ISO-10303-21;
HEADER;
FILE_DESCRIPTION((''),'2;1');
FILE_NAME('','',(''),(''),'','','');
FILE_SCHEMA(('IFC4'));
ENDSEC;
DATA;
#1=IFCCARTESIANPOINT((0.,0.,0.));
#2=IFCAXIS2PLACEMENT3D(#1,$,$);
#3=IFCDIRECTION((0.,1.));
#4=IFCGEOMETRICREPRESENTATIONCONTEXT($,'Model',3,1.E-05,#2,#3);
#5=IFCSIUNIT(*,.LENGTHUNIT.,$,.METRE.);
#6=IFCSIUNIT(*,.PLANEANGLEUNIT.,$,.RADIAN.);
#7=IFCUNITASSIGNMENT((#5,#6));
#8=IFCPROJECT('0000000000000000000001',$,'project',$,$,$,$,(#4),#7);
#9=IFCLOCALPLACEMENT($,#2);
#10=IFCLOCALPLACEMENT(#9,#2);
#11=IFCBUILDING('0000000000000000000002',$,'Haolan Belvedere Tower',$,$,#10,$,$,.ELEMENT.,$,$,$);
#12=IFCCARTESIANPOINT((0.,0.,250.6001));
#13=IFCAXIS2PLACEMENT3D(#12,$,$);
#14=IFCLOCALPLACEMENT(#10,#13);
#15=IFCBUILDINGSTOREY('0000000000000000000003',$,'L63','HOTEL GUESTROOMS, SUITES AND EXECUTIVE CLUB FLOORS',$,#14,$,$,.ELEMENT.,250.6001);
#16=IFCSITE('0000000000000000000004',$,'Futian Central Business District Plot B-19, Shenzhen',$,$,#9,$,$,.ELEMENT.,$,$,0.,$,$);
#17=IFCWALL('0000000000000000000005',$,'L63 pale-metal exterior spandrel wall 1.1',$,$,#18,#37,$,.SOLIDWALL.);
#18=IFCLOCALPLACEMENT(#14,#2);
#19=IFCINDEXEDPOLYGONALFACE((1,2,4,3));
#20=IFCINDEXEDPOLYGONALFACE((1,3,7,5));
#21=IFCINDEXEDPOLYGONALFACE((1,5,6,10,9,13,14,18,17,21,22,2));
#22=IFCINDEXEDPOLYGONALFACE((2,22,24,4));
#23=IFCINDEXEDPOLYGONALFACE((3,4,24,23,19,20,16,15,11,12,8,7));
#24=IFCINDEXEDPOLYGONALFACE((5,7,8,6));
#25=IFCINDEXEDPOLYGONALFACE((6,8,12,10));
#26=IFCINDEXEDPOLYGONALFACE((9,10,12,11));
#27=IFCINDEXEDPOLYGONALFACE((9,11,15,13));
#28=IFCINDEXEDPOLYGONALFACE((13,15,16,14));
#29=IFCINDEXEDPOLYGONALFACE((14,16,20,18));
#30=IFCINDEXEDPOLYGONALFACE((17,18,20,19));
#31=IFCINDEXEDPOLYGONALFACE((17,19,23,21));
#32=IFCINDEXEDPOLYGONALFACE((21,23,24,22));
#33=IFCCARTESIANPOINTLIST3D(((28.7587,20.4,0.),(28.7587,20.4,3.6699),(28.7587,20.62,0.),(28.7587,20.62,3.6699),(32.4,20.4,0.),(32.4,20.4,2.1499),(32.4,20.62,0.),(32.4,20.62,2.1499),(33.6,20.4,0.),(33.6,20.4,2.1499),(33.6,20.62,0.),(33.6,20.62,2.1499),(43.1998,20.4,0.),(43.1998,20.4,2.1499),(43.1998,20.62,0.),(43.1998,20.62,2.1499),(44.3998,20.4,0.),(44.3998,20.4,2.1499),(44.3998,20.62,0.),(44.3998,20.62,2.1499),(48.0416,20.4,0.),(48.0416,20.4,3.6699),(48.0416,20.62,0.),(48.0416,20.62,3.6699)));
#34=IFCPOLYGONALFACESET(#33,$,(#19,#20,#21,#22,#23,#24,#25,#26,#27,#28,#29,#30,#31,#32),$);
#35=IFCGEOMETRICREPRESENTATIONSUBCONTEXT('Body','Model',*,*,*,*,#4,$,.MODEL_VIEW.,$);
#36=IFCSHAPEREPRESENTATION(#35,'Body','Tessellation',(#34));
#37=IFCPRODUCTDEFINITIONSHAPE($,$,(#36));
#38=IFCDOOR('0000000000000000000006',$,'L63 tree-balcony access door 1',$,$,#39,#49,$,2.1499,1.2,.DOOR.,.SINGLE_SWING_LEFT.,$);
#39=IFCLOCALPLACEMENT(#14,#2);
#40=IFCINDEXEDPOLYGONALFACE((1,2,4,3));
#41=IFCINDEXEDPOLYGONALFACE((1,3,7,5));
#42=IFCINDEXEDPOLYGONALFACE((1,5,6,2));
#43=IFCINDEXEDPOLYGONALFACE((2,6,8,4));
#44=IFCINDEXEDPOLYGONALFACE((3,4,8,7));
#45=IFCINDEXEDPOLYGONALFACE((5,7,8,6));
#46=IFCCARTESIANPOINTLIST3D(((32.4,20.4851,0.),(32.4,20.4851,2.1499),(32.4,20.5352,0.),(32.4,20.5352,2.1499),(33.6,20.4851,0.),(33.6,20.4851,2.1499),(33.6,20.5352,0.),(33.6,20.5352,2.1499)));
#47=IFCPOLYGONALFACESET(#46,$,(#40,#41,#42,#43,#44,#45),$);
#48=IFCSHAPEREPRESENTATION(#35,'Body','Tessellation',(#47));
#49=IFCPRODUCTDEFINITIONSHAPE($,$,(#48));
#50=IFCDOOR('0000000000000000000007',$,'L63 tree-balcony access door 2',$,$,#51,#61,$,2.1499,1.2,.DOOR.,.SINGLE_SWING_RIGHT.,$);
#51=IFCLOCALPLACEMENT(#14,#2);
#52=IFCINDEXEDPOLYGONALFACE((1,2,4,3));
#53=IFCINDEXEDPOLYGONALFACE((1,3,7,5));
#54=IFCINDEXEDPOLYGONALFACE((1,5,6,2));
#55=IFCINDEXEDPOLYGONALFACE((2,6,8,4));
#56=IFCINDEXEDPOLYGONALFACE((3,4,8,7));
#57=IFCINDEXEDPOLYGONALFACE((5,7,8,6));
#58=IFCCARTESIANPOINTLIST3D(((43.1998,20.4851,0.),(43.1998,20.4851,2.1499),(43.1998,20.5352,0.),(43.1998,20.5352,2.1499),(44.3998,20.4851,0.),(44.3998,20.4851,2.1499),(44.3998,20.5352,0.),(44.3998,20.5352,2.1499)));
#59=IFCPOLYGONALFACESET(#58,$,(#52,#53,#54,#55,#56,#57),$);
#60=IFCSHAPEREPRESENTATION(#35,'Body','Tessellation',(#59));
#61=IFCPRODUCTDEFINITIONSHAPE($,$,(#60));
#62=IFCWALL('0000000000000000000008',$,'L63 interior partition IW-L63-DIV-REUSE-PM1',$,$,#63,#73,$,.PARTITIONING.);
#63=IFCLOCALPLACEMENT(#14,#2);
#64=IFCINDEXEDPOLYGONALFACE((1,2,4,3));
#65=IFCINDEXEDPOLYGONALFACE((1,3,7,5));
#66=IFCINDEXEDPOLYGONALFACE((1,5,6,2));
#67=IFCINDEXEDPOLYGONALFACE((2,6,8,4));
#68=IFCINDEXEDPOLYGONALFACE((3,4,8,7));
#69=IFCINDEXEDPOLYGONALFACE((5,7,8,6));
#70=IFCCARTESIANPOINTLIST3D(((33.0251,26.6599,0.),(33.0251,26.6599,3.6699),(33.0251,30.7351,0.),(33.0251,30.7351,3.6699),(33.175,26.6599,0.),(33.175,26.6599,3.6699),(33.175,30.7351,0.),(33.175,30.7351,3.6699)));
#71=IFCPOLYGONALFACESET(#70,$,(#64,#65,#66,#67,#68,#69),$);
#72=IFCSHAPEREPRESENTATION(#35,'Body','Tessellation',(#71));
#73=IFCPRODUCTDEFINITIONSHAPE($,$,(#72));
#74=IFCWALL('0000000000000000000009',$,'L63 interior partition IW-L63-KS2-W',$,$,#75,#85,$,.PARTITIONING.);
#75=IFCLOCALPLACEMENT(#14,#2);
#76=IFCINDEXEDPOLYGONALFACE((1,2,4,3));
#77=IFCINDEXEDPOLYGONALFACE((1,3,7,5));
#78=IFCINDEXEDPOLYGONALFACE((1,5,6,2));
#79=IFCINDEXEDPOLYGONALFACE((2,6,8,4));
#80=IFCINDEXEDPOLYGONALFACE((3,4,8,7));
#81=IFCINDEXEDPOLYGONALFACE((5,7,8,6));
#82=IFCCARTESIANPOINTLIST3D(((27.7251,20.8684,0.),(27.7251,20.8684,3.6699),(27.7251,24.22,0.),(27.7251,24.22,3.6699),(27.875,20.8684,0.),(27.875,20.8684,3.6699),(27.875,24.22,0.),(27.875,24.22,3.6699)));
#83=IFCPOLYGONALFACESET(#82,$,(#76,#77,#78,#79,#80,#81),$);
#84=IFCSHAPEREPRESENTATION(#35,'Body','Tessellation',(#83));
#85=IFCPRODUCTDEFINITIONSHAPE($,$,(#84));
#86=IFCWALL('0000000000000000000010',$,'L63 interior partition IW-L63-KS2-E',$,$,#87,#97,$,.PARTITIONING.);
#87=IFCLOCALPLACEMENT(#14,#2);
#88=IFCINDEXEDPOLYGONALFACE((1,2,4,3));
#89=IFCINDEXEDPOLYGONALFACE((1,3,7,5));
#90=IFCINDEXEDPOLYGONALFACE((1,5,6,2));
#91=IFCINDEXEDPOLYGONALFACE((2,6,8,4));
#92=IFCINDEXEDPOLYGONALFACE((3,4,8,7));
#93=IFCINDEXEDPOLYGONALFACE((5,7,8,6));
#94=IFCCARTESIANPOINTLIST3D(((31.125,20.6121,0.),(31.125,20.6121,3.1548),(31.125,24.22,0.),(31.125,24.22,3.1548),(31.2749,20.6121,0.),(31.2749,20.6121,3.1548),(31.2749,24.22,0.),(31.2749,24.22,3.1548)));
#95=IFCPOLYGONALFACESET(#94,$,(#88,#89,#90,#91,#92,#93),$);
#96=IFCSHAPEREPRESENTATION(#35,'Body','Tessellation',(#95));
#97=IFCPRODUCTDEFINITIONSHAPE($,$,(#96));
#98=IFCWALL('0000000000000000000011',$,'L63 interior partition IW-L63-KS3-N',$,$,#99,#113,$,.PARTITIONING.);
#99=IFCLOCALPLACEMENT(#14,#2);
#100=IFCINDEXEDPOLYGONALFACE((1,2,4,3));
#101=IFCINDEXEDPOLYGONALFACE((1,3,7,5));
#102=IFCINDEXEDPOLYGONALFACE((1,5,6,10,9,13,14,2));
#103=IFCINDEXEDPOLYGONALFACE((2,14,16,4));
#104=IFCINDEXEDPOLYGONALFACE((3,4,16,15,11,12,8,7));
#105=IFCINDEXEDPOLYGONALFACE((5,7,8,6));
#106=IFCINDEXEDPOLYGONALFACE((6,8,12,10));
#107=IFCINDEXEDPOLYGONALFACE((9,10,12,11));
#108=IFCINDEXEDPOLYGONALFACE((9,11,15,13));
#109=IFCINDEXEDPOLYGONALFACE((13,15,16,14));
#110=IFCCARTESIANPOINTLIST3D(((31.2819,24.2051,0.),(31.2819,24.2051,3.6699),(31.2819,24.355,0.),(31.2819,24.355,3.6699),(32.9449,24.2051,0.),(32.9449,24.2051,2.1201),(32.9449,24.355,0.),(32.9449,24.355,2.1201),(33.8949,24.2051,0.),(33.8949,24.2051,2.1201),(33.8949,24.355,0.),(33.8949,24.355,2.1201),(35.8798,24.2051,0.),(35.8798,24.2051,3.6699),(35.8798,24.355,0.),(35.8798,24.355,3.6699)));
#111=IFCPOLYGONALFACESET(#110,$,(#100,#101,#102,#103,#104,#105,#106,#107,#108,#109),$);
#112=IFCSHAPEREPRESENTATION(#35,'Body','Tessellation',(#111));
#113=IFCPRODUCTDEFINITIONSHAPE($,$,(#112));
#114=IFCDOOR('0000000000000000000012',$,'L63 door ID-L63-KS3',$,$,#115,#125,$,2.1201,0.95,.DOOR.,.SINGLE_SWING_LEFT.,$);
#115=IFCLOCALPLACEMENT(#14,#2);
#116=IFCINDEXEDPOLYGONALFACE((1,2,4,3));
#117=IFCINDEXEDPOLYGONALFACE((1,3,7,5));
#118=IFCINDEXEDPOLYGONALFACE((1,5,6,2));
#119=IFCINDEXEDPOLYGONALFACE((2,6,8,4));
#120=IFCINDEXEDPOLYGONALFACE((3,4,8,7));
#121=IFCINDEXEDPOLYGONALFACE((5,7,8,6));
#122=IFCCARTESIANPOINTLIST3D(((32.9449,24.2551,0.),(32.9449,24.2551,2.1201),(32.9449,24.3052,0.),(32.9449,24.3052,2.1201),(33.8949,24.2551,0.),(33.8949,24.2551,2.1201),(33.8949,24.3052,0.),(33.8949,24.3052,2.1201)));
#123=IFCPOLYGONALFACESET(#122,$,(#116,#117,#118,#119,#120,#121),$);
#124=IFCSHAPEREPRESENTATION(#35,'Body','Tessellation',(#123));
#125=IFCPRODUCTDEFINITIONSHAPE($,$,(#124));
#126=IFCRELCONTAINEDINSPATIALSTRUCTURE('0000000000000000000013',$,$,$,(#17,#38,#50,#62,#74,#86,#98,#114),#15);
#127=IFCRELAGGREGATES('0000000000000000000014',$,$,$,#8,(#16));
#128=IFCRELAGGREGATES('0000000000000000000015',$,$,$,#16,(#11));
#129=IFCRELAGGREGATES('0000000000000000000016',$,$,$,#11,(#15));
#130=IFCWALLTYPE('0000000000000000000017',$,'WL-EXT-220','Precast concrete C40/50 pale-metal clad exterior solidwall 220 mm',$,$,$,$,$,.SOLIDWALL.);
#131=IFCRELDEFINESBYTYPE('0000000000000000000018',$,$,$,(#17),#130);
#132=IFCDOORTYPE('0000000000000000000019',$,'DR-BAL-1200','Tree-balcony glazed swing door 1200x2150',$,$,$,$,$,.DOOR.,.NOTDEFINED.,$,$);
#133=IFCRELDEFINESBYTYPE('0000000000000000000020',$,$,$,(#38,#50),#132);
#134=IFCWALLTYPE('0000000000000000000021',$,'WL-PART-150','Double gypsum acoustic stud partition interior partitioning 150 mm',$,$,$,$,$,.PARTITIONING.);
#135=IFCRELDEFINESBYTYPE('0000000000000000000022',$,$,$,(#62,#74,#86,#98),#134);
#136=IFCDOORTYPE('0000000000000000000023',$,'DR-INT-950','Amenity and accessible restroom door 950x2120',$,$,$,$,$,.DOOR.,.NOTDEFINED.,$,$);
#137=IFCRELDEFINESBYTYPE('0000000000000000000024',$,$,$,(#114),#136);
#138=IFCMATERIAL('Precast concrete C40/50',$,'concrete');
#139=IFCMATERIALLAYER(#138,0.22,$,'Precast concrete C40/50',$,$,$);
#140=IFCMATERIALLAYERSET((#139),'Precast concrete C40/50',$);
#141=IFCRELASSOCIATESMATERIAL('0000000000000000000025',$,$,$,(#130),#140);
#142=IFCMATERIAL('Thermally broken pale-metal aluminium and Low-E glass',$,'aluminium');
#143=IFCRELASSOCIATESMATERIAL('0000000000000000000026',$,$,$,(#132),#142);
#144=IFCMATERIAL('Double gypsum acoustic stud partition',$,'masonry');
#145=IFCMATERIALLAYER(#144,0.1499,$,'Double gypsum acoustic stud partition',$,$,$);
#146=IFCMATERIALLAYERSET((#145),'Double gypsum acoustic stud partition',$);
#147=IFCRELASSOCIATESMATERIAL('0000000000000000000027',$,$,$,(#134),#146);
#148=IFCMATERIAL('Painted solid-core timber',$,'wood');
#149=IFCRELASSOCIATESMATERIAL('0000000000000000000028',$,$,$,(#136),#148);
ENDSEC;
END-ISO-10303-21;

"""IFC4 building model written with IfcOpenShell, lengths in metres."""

from ifc_helpers import new_model, si_unit, direction, frame, frame_2d, origin, place, context, subcontext, project, spatial, rectangle, extrude, material, layer, layer_set, type_object, element, fill, save


model = new_model("IFC4")

# Units and contexts
model_context = context("Model", 3, precision=1e-05, world=origin(), true_north=direction((0.0, 1.0)))
body_context = subcontext(model_context, "Body", "Model", "MODEL_VIEW")
ifc_project = project(units=[si_unit("LENGTHUNIT", "METRE"), si_unit("PLANEANGLEUNIT", "RADIAN")], contexts=[model_context])

# Site, building, storey
site_placement = place(None, origin())
site = spatial("IfcSite", under=ifc_project, at=site_placement, Name="Futian Central Business District Plot B-19, Shenzhen", CompositionType="ELEMENT", RefElevation=0.0)
building_placement = place(site_placement, origin())
building = spatial("IfcBuilding", under=site, at=building_placement, Name="Haolan Belvedere Tower", CompositionType="ELEMENT")
storey_placement = place(building_placement, frame((0.0, 0.0, 250.6001)))
storey = spatial("IfcBuildingStorey", under=building, at=storey_placement, Name="L63", Description="HOTEL GUESTROOMS, SUITES AND EXECUTIVE CLUB FLOORS", CompositionType="ELEMENT", Elevation=250.6001)

# Wall, openings, doors
ifc_material_1 = material(Name="Precast concrete C40/50", Category="concrete")
ifc_layer_1 = layer(ifc_material_1, 0.22, Name="Precast concrete C40/50")
ifc_layer_set_1 = layer_set([ifc_layer_1], Name="Precast concrete C40/50")
wall_type_1 = type_object("IfcWallType", Name="WL-EXT-220", Description="Precast concrete C40/50 pale-metal clad exterior solidwall 220 mm", PredefinedType="SOLIDWALL", material=ifc_layer_set_1)
wall_1_placement = place(storey_placement, frame((28.7585, 20.51, 0.0), z_axis=(0.0, 0.0, 1.0), x_axis=(1.0, 0.0, 0.0)))
wall_1 = element("IfcWall", 1, at=wall_1_placement, inside=storey, type_object=wall_type_1, Name="L63 pale-metal exterior spandrel wall 1.1", PredefinedType="SOLIDWALL", context=body_context, shape_type="SweptSolid", body=[
    extrude(rectangle(XDim=19.283, YDim=0.22, at=frame_2d((9.6416, 0.0))), origin(), (0.0, 0.0, 1.0), 3.6699),
])
opening_1_placement = place(wall_1_placement, frame((4.8416, 0.0, 0.0), z_axis=(0.0, 0.0, 1.0), x_axis=(-1.0, 0.0, 0.0)))
opening_1 = element("IfcOpeningElement", 2, at=opening_1_placement, cuts=wall_1, PredefinedType="OPENING", context=body_context, shape_type="SweptSolid", body=[
    extrude(rectangle(XDim=1.2, YDim=2.1499, at=frame_2d((0.6001, 1.075))), frame((0.0, 0.1199, 0.0), z_axis=(0.0, -1.0, 0.0), x_axis=(1.0, 0.0, 0.0)), (0.0, 0.0, 1.0), 0.24),
])
opening_2_placement = place(wall_1_placement, frame((15.6414, 0.0, 0.0), z_axis=(0.0, 0.0, 1.0), x_axis=(-1.0, 0.0, 0.0)))
opening_2 = element("IfcOpeningElement", 3, at=opening_2_placement, cuts=wall_1, PredefinedType="OPENING", context=body_context, shape_type="SweptSolid", body=[
    extrude(rectangle(XDim=1.2, YDim=2.1499, at=frame_2d((0.6001, 1.075))), frame((0.0, 0.1199, 0.0), z_axis=(0.0, -1.0, 0.0), x_axis=(1.0, 0.0, 0.0)), (0.0, 0.0, 1.0), 0.24),
])
ifc_material_2 = material(Name="Thermally broken pale-metal aluminium and Low-E glass", Category="aluminium")
door_type_1 = type_object("IfcDoorType", Name="DR-BAL-1200", Description="Tree-balcony glazed swing door 1200x2150", OperationType="NOTDEFINED", PredefinedType="DOOR", material=ifc_material_2)
door_1_placement = place(opening_1_placement, origin())
door_1 = element("IfcDoor", 4, at=door_1_placement, inside=storey, type_object=door_type_1, Name="L63 tree-balcony access door 1", OperationType="SINGLE_SWING_LEFT", OverallHeight=2.1499, OverallWidth=1.2, PredefinedType="DOOR", context=body_context, shape_type="SweptSolid", body=[
    extrude(rectangle(XDim=1.2, YDim=2.1499, at=frame_2d((0.6001, 1.075))), frame((0.0, 0.0249, 0.0), z_axis=(0.0, -1.0, 0.0), x_axis=(1.0, 0.0, 0.0)), (0.0, 0.0, 1.0), 0.05),
])
fill(opening_1, door_1)
door_2_placement = place(opening_2_placement, origin())
door_2 = element("IfcDoor", 5, at=door_2_placement, inside=storey, type_object=door_type_1, Name="L63 tree-balcony access door 2", OperationType="SINGLE_SWING_RIGHT", OverallHeight=2.1499, OverallWidth=1.2, PredefinedType="DOOR", context=body_context, shape_type="SweptSolid", body=[
    extrude(rectangle(XDim=1.2, YDim=2.1499, at=frame_2d((0.6001, 1.075))), frame((0.0, 0.0249, 0.0), z_axis=(0.0, -1.0, 0.0), x_axis=(1.0, 0.0, 0.0)), (0.0, 0.0, 1.0), 0.05),
])
fill(opening_2, door_2)

# Wall
ifc_material_3 = material(Name="Double gypsum acoustic stud partition", Category="masonry")
ifc_layer_2 = layer(ifc_material_3, 0.1499, Name="Double gypsum acoustic stud partition")
ifc_layer_set_2 = layer_set([ifc_layer_2], Name="Double gypsum acoustic stud partition")
wall_type_2 = type_object("IfcWallType", Name="WL-PART-150", Description="Double gypsum acoustic stud partition interior partitioning 150 mm", PredefinedType="PARTITIONING", material=ifc_layer_set_2)
wall_2_placement = place(storey_placement, frame((33.1001, 26.6599, 0.0), z_axis=(0.0, 0.0, 1.0), x_axis=(0.0, 1.0, 0.0)))
element("IfcWall", 6, at=wall_2_placement, inside=storey, type_object=wall_type_2, Name="L63 interior partition IW-L63-DIV-REUSE-PM1", PredefinedType="PARTITIONING", context=body_context, shape_type="SweptSolid", body=[
    extrude(rectangle(XDim=4.0752, YDim=0.1499, at=frame_2d((2.0376, 0.0))), origin(), (0.0, 0.0, 1.0), 3.6699),
])

# Shared definitions
ifc_material_4 = material(Name="Painted solid-core timber", Category="wood")
door_type_2 = type_object("IfcDoorType", Name="DR-INT-950", Description="Amenity and accessible restroom door 950x2120", OperationType="NOTDEFINED", PredefinedType="DOOR", material=ifc_material_4)

# Walls
wall_3_placement = place(storey_placement, frame((27.8, 20.8684, 0.0), z_axis=(0.0, 0.0, 1.0), x_axis=(0.0, 1.0, 0.0)))
element("IfcWall", 7, at=wall_3_placement, inside=storey, type_object=wall_type_2, Name="L63 interior partition IW-L63-KS2-W", PredefinedType="PARTITIONING", context=body_context, shape_type="SweptSolid", body=[
    extrude(rectangle(XDim=3.3516, YDim=0.1499, at=frame_2d((1.6758, 0.0))), origin(), (0.0, 0.0, 1.0), 3.6699),
])
wall_4_placement = place(storey_placement, frame((31.2, 20.6121, 0.0), z_axis=(0.0, 0.0, 1.0), x_axis=(0.0, 1.0, 0.0)))
element("IfcWall", 8, at=wall_4_placement, inside=storey, type_object=wall_type_2, Name="L63 interior partition IW-L63-KS2-E", PredefinedType="PARTITIONING", context=body_context, shape_type="SweptSolid", body=[
    extrude(rectangle(XDim=3.6079, YDim=0.1499, at=frame_2d((1.804, 0.0))), origin(), (0.0, 0.0, 1.0), 3.1548),
])

# Wall, opening, door
wall_5_placement = place(storey_placement, frame((31.282, 24.28, 0.0), z_axis=(0.0, 0.0, 1.0), x_axis=(1.0, 0.0, 0.0)))
wall_5 = element("IfcWall", 9, at=wall_5_placement, inside=storey, type_object=wall_type_2, Name="L63 interior partition IW-L63-KS3-N", PredefinedType="PARTITIONING", context=body_context, shape_type="SweptSolid", body=[
    extrude(rectangle(XDim=4.5979, YDim=0.1499, at=frame_2d((2.2988, 0.0))), origin(), (0.0, 0.0, 1.0), 3.6699),
])
opening_3_placement = place(wall_5_placement, frame((2.613, 0.0, 0.0), z_axis=(0.0, 0.0, 1.0), x_axis=(-1.0, 0.0, 0.0)))
opening_3 = element("IfcOpeningElement", 10, at=opening_3_placement, cuts=wall_5, PredefinedType="OPENING", context=body_context, shape_type="SweptSolid", body=[
    extrude(rectangle(XDim=0.95, YDim=2.1201, at=frame_2d((0.4751, 1.0601))), frame((0.0, 0.085, 0.0), z_axis=(0.0, -1.0, 0.0), x_axis=(1.0, 0.0, 0.0)), (0.0, 0.0, 1.0), 0.1699),
])
door_3_placement = place(opening_3_placement, origin())
door_3 = element("IfcDoor", 11, at=door_3_placement, inside=storey, type_object=door_type_2, Name="L63 door ID-L63-KS3", OperationType="SINGLE_SWING_LEFT", OverallHeight=2.1201, OverallWidth=0.95, PredefinedType="DOOR", context=body_context, shape_type="SweptSolid", body=[
    extrude(rectangle(XDim=0.95, YDim=2.1201, at=frame_2d((0.4751, 1.0601))), frame((0.0, 0.0249, 0.0), z_axis=(0.0, -1.0, 0.0), x_axis=(1.0, 0.0, 0.0)), (0.0, 0.0, 1.0), 0.05),
])
fill(opening_3, door_3)

save(model, "model.ifc")
